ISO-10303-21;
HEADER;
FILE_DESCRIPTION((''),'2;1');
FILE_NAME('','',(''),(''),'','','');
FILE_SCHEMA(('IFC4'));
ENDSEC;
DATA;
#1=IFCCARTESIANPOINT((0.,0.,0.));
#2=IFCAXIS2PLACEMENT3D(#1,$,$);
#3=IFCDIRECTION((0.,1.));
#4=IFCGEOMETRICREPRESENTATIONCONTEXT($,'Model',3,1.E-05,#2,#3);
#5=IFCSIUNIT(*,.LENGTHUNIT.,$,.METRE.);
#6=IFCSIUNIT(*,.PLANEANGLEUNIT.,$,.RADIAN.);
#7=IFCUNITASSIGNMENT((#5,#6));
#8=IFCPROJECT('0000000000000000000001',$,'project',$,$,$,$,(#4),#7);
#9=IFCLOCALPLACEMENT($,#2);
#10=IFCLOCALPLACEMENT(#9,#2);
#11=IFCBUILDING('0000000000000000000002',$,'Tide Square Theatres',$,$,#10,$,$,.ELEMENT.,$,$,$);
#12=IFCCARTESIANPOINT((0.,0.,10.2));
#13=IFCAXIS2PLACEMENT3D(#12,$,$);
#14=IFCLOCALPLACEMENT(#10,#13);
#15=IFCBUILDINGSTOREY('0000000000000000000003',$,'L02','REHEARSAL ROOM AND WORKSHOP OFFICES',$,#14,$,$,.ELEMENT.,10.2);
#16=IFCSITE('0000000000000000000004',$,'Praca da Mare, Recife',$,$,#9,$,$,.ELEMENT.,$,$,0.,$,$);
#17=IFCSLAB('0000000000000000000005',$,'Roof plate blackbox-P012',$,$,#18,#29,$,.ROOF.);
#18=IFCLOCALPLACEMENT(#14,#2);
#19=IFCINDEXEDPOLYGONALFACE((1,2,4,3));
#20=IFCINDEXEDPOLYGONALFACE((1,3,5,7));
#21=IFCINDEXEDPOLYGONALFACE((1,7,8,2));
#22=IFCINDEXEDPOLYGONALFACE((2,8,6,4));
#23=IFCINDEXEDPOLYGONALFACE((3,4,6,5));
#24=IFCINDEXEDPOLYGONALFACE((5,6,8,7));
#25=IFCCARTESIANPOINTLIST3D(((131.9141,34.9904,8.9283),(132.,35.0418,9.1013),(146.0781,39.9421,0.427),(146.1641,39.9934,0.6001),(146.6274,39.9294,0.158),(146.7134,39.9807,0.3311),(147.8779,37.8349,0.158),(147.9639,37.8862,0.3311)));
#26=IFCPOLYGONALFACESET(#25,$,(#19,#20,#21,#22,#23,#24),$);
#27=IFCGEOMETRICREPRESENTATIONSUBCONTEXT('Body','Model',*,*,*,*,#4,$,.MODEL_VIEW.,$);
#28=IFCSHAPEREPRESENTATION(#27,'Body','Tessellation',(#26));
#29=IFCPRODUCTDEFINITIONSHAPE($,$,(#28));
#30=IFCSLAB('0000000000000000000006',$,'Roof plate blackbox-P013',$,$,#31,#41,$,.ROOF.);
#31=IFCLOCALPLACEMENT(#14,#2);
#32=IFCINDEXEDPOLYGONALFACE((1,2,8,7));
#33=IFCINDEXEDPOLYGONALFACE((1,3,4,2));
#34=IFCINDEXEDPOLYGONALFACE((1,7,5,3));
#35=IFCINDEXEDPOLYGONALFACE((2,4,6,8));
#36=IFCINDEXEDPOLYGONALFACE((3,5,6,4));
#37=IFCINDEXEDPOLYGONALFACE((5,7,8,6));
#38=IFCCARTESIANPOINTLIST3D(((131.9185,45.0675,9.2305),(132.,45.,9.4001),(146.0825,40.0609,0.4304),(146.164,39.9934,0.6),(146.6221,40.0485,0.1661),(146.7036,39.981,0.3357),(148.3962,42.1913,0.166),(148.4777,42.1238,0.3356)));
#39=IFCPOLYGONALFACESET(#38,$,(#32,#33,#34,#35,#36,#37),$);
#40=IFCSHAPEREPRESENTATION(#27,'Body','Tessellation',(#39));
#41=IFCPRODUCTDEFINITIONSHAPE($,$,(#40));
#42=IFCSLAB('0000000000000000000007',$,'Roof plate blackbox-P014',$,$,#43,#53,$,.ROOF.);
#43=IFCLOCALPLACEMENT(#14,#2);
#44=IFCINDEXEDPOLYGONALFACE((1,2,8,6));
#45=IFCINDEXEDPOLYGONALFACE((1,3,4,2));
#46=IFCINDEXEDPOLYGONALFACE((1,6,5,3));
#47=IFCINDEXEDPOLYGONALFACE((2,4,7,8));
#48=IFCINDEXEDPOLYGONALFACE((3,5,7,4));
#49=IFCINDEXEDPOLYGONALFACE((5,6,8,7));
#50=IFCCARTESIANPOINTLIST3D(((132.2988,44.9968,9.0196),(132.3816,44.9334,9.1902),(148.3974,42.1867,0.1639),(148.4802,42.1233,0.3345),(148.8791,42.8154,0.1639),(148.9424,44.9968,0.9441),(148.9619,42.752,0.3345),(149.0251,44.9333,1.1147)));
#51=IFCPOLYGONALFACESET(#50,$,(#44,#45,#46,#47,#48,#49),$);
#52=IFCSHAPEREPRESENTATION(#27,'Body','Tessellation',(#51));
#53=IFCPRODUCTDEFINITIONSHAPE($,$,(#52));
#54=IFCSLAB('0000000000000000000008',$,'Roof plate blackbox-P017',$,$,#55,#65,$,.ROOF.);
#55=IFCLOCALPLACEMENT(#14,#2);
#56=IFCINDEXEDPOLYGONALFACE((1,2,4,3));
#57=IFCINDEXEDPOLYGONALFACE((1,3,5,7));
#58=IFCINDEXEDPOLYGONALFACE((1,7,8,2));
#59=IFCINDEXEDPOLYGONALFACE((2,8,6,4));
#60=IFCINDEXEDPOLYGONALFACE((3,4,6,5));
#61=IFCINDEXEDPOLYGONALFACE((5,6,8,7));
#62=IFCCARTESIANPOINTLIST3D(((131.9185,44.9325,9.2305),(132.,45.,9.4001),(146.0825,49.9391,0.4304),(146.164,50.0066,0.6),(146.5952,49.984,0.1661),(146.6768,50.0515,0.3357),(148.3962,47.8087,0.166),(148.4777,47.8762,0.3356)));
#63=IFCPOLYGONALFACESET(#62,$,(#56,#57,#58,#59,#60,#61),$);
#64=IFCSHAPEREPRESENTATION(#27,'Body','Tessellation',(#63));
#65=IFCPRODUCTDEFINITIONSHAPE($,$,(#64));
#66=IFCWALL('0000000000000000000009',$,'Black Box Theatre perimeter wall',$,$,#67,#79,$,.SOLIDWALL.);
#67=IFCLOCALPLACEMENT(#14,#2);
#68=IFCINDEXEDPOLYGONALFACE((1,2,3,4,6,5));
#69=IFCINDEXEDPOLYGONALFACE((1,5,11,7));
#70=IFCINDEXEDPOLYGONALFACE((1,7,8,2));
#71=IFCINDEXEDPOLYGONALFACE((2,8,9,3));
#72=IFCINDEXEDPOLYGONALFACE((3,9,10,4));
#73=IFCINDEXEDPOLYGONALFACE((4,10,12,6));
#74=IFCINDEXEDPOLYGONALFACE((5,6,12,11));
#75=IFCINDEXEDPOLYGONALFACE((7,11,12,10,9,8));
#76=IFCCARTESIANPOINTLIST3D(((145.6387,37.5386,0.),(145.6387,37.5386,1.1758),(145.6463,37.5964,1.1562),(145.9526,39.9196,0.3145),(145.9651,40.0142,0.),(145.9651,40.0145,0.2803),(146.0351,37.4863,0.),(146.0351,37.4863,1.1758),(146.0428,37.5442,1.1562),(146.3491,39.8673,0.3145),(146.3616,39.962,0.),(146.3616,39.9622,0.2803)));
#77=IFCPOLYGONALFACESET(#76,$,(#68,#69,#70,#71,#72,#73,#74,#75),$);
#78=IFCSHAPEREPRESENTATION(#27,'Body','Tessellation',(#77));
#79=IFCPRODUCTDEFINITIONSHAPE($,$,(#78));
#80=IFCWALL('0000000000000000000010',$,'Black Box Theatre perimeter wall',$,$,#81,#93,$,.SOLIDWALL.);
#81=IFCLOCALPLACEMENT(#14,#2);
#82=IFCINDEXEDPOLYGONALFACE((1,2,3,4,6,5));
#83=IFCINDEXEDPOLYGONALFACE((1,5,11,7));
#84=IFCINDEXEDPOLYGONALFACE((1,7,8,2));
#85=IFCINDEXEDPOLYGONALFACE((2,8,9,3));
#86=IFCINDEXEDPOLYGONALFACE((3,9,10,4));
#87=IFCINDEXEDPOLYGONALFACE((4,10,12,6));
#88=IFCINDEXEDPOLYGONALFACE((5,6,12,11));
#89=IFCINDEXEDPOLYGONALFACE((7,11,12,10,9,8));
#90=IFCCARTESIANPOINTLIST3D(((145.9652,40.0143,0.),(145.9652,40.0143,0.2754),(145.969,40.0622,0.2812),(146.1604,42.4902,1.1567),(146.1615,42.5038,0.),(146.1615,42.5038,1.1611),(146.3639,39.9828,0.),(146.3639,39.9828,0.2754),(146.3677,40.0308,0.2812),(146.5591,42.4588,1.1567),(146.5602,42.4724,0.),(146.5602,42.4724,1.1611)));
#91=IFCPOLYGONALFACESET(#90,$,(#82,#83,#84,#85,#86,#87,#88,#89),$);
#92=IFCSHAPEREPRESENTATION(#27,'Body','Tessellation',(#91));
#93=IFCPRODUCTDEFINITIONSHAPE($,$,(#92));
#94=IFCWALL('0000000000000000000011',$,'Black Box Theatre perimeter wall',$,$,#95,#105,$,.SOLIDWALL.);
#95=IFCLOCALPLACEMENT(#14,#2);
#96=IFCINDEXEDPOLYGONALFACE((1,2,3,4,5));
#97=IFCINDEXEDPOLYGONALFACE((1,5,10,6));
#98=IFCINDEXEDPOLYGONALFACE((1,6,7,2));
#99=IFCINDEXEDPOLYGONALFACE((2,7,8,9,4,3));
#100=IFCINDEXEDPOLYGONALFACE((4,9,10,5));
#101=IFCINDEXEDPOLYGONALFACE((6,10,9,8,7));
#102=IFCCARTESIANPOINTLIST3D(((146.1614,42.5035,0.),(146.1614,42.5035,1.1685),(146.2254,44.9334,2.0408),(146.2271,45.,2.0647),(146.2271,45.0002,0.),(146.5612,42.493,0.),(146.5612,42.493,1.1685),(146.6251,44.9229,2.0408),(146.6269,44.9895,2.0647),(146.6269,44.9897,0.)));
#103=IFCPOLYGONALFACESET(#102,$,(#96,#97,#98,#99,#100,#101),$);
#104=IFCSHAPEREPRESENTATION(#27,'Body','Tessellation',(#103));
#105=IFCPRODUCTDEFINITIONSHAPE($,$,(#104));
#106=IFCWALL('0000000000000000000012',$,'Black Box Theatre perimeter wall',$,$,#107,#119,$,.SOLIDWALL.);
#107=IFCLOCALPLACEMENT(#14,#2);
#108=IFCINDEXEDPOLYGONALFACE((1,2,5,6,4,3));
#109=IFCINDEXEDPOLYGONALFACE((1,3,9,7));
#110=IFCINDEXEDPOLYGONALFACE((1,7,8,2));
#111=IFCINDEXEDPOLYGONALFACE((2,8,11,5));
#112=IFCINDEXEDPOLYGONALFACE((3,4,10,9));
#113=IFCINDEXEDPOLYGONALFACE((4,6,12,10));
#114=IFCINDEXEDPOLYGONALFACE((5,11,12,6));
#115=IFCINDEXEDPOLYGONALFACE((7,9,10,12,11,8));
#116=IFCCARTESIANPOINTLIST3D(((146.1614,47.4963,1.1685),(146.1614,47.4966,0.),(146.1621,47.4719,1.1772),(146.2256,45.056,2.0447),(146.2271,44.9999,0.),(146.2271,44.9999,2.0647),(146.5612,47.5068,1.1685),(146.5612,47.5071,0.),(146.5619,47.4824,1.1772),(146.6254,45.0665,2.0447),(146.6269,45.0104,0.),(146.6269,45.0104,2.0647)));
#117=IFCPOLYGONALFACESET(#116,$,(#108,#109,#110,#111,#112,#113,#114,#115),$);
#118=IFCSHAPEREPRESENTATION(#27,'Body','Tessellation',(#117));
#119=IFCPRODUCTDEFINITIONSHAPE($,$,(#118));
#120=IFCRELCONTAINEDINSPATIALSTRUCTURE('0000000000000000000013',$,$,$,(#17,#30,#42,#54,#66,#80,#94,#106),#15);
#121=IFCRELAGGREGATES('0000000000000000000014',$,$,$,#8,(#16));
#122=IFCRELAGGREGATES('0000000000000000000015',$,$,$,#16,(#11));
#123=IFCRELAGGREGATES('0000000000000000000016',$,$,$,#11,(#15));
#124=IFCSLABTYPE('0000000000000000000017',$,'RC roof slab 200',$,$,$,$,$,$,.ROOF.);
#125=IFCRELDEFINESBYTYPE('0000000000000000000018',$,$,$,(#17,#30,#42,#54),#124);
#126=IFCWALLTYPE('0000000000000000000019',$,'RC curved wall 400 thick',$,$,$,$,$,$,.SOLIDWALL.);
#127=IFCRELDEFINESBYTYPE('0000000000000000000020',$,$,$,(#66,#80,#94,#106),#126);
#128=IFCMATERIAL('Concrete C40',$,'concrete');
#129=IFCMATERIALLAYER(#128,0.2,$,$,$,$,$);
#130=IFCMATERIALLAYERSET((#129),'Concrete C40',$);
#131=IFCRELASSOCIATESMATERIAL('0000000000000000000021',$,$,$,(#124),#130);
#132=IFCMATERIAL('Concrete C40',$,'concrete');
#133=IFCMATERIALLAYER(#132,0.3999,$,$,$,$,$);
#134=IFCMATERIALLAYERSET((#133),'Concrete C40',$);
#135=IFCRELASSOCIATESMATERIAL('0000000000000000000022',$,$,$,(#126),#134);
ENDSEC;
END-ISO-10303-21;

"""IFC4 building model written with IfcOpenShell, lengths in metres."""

from ifc_helpers import new_model, si_unit, direction, frame, origin, place, context, subcontext, project, spatial, polyline, outline, extrude, material, layer, layer_set, type_object, element, save


model = new_model("IFC4")

# Units and contexts
model_context = context("Model", 3, precision=1e-05, world=origin(), true_north=direction((0.0, 1.0)))
body_context = subcontext(model_context, "Body", "Model", "MODEL_VIEW")
ifc_project = project(units=[si_unit("LENGTHUNIT", "METRE"), si_unit("PLANEANGLEUNIT", "RADIAN")], contexts=[model_context])

# Site, building, storey
site_placement = place(None, origin())
site = spatial("IfcSite", under=ifc_project, at=site_placement, Name="Praca da Mare, Recife", CompositionType="ELEMENT", RefElevation=0.0)
building_placement = place(site_placement, origin())
building = spatial("IfcBuilding", under=site, at=building_placement, Name="Tide Square Theatres", CompositionType="ELEMENT")
storey_placement = place(building_placement, frame((0.0, 0.0, 10.2)))
storey = spatial("IfcBuildingStorey", under=building, at=storey_placement, Name="L02", Description="REHEARSAL ROOM AND WORKSHOP OFFICES", CompositionType="ELEMENT", Elevation=10.2)

# Slabs
ifc_material_1 = material(Name="Concrete C40", Category="concrete")
ifc_layer_1 = layer(ifc_material_1, 0.2)
ifc_layer_set_1 = layer_set([ifc_layer_1], Name="Concrete C40")
slab_type = type_object("IfcSlabType", Name="RC roof slab 200", PredefinedType="ROOF", material=ifc_layer_set_1)
slab_1_placement = place(storey_placement, frame((146.1641, 39.9934, 0.6001), z_axis=(0.429855, 0.256625, 0.865661), x_axis=(-0.821314, -0.287126, 0.492952)))
element("IfcSlab", 1, at=slab_1_placement, inside=storey, type_object=slab_type, Name="Roof plate blackbox-P012", PredefinedType="ROOF", context=body_context, shape_type="SweptSolid", body=[
    extrude(outline(polyline([(0.0, 0.0), (17.2456, 0.0), (-1.0058, 2.5962), (-0.5801, 0.1942), (0.0, 0.0)])), origin(), (0.0, 0.0, -1.0), 0.2),
])
slab_2_placement = place(storey_placement, frame((146.7036, 39.981, 0.3357), z_axis=(0.407779, -0.337579, 0.848385), x_axis=(0.637724, 0.770265, -0.000029)))
element("IfcSlab", 2, at=slab_2_placement, inside=storey, type_object=slab_type, Name="Roof plate blackbox-P013", PredefinedType="ROOF", context=body_context, shape_type="SweptSolid", body=[
    extrude(outline(polyline([(0.0, 0.0), (2.782, 0.0), (-5.5111, 17.1225), (-0.3345, 0.4993), (0.0, 0.0)])), origin(), (0.0, 0.0, -1.0), 0.2),
])
slab_3_placement = place(storey_placement, frame((148.4802, 42.1233, 0.3345), z_axis=(0.413986, -0.317197, 0.85323), x_axis=(0.608203, 0.793781, -0.000003)))
element("IfcSlab", 3, at=slab_3_placement, inside=storey, type_object=slab_type, Name="Roof plate blackbox-P014", PredefinedType="ROOF", context=body_context, shape_type="SweptSolid", body=[
    extrude(outline(polyline([(0.0, 0.0), (0.792, 0.0), (2.562, 1.4961), (-7.5607, 16.98), (0.0, 0.0)])), origin(), (0.0, 0.0, -1.0), 0.2),
])
slab_4_placement = place(storey_placement, frame((132.0, 45.0, 9.4001), z_axis=(0.407778, 0.337579, 0.848385), x_axis=(0.866106, 0.151179, -0.476451)))
element("IfcSlab", 4, at=slab_4_placement, inside=storey, type_object=slab_type, Name="Roof plate blackbox-P017", PredefinedType="ROOF", context=body_context, shape_type="SweptSolid", body=[
    extrude(outline(polyline([(0.0, 0.0), (19.0251, 0.0), (17.7941, 2.5417), (17.2173, 2.5872), (0.0, 0.0)])), origin(), (0.0, 0.0, -1.0), 0.2),
])

# Walls
ifc_material_2 = material(Name="Concrete C40", Category="concrete")
ifc_layer_2 = layer(ifc_material_2, 0.3999)
ifc_layer_set_2 = layer_set([ifc_layer_2], Name="Concrete C40")
wall_type = type_object("IfcWallType", Name="RC curved wall 400 thick", PredefinedType="SOLIDWALL", material=ifc_layer_set_2)
wall_1_placement = place(storey_placement, frame((145.8369, 37.5125, 0.0), z_axis=(0.0, 0.0, 1.0), x_axis=(0.130723, 0.991419, 0.0)))
element("IfcWall", 5, at=wall_1_placement, inside=storey, type_object=wall_type, Name="Black Box Theatre perimeter wall", PredefinedType="SOLIDWALL", context=body_context, shape_type="SweptSolid", body=[
    extrude(outline(polyline([(0.0, 0.0), (2.4971, 0.0), (2.4973, 0.2803), (2.4016, 0.3145), (0.0583, 1.1562), (0.0, 1.1758), (0.0, 0.0)])), frame((0.0, 0.2, 0.0), z_axis=(0.0, -1.0, 0.0), x_axis=(1.0, 0.0, 0.0)), (0.0, 0.0, 1.0), 0.3999),
])
wall_2_placement = place(storey_placement, frame((146.1646, 39.9985, 0.0), z_axis=(0.0, 0.0, 1.0), x_axis=(0.078603, 0.996906, 0.0)))
element("IfcWall", 6, at=wall_2_placement, inside=storey, type_object=wall_type, Name="Black Box Theatre perimeter wall", PredefinedType="SOLIDWALL", context=body_context, shape_type="SweptSolid", body=[
    extrude(outline(polyline([(0.0, 0.0), (2.4973, 0.0), (2.4973, 1.1611), (2.4836, 1.1567), (0.0481, 0.2812), (0.0, 0.2754), (0.0, 0.0)])), frame((0.0, 0.2, 0.0), z_axis=(0.0, -1.0, 0.0), x_axis=(1.0, 0.0, 0.0)), (0.0, 0.0, 1.0), 0.3999),
])
wall_3_placement = place(storey_placement, frame((146.3613, 42.4983, 0.0), z_axis=(0.0, 0.0, 1.0), x_axis=(0.026296, 0.999654, 0.0)))
element("IfcWall", 7, at=wall_3_placement, inside=storey, type_object=wall_type, Name="Black Box Theatre perimeter wall", PredefinedType="SOLIDWALL", context=body_context, shape_type="SweptSolid", body=[
    extrude(outline(polyline([(0.0, 0.0), (2.4976, 0.0), (2.4973, 2.0647), (2.4307, 2.0408), (0.0, 1.1685), (0.0, 0.0)])), frame((0.0, 0.2, 0.0), z_axis=(0.0, -1.0, 0.0), x_axis=(1.0, 0.0, 0.0)), (0.0, 0.0, 1.0), 0.3999),
])
wall_4_placement = place(storey_placement, frame((146.427, 45.0051, 0.0), z_axis=(0.0, 0.0, 1.0), x_axis=(-0.026296, 0.999654, 0.0)))
element("IfcWall", 8, at=wall_4_placement, inside=storey, type_object=wall_type, Name="Black Box Theatre perimeter wall", PredefinedType="SOLIDWALL", context=body_context, shape_type="SweptSolid", body=[
    extrude(outline(polyline([(0.0, 0.0), (2.4976, 0.0), (2.4973, 1.1685), (2.4729, 1.1772), (0.0562, 2.0447), (0.0, 2.0647), (0.0, 0.0)])), frame((0.0, 0.2, 0.0), z_axis=(0.0, -1.0, 0.0), x_axis=(1.0, 0.0, 0.0)), (0.0, 0.0, 1.0), 0.3999),
])

save(model, "model.ifc")
